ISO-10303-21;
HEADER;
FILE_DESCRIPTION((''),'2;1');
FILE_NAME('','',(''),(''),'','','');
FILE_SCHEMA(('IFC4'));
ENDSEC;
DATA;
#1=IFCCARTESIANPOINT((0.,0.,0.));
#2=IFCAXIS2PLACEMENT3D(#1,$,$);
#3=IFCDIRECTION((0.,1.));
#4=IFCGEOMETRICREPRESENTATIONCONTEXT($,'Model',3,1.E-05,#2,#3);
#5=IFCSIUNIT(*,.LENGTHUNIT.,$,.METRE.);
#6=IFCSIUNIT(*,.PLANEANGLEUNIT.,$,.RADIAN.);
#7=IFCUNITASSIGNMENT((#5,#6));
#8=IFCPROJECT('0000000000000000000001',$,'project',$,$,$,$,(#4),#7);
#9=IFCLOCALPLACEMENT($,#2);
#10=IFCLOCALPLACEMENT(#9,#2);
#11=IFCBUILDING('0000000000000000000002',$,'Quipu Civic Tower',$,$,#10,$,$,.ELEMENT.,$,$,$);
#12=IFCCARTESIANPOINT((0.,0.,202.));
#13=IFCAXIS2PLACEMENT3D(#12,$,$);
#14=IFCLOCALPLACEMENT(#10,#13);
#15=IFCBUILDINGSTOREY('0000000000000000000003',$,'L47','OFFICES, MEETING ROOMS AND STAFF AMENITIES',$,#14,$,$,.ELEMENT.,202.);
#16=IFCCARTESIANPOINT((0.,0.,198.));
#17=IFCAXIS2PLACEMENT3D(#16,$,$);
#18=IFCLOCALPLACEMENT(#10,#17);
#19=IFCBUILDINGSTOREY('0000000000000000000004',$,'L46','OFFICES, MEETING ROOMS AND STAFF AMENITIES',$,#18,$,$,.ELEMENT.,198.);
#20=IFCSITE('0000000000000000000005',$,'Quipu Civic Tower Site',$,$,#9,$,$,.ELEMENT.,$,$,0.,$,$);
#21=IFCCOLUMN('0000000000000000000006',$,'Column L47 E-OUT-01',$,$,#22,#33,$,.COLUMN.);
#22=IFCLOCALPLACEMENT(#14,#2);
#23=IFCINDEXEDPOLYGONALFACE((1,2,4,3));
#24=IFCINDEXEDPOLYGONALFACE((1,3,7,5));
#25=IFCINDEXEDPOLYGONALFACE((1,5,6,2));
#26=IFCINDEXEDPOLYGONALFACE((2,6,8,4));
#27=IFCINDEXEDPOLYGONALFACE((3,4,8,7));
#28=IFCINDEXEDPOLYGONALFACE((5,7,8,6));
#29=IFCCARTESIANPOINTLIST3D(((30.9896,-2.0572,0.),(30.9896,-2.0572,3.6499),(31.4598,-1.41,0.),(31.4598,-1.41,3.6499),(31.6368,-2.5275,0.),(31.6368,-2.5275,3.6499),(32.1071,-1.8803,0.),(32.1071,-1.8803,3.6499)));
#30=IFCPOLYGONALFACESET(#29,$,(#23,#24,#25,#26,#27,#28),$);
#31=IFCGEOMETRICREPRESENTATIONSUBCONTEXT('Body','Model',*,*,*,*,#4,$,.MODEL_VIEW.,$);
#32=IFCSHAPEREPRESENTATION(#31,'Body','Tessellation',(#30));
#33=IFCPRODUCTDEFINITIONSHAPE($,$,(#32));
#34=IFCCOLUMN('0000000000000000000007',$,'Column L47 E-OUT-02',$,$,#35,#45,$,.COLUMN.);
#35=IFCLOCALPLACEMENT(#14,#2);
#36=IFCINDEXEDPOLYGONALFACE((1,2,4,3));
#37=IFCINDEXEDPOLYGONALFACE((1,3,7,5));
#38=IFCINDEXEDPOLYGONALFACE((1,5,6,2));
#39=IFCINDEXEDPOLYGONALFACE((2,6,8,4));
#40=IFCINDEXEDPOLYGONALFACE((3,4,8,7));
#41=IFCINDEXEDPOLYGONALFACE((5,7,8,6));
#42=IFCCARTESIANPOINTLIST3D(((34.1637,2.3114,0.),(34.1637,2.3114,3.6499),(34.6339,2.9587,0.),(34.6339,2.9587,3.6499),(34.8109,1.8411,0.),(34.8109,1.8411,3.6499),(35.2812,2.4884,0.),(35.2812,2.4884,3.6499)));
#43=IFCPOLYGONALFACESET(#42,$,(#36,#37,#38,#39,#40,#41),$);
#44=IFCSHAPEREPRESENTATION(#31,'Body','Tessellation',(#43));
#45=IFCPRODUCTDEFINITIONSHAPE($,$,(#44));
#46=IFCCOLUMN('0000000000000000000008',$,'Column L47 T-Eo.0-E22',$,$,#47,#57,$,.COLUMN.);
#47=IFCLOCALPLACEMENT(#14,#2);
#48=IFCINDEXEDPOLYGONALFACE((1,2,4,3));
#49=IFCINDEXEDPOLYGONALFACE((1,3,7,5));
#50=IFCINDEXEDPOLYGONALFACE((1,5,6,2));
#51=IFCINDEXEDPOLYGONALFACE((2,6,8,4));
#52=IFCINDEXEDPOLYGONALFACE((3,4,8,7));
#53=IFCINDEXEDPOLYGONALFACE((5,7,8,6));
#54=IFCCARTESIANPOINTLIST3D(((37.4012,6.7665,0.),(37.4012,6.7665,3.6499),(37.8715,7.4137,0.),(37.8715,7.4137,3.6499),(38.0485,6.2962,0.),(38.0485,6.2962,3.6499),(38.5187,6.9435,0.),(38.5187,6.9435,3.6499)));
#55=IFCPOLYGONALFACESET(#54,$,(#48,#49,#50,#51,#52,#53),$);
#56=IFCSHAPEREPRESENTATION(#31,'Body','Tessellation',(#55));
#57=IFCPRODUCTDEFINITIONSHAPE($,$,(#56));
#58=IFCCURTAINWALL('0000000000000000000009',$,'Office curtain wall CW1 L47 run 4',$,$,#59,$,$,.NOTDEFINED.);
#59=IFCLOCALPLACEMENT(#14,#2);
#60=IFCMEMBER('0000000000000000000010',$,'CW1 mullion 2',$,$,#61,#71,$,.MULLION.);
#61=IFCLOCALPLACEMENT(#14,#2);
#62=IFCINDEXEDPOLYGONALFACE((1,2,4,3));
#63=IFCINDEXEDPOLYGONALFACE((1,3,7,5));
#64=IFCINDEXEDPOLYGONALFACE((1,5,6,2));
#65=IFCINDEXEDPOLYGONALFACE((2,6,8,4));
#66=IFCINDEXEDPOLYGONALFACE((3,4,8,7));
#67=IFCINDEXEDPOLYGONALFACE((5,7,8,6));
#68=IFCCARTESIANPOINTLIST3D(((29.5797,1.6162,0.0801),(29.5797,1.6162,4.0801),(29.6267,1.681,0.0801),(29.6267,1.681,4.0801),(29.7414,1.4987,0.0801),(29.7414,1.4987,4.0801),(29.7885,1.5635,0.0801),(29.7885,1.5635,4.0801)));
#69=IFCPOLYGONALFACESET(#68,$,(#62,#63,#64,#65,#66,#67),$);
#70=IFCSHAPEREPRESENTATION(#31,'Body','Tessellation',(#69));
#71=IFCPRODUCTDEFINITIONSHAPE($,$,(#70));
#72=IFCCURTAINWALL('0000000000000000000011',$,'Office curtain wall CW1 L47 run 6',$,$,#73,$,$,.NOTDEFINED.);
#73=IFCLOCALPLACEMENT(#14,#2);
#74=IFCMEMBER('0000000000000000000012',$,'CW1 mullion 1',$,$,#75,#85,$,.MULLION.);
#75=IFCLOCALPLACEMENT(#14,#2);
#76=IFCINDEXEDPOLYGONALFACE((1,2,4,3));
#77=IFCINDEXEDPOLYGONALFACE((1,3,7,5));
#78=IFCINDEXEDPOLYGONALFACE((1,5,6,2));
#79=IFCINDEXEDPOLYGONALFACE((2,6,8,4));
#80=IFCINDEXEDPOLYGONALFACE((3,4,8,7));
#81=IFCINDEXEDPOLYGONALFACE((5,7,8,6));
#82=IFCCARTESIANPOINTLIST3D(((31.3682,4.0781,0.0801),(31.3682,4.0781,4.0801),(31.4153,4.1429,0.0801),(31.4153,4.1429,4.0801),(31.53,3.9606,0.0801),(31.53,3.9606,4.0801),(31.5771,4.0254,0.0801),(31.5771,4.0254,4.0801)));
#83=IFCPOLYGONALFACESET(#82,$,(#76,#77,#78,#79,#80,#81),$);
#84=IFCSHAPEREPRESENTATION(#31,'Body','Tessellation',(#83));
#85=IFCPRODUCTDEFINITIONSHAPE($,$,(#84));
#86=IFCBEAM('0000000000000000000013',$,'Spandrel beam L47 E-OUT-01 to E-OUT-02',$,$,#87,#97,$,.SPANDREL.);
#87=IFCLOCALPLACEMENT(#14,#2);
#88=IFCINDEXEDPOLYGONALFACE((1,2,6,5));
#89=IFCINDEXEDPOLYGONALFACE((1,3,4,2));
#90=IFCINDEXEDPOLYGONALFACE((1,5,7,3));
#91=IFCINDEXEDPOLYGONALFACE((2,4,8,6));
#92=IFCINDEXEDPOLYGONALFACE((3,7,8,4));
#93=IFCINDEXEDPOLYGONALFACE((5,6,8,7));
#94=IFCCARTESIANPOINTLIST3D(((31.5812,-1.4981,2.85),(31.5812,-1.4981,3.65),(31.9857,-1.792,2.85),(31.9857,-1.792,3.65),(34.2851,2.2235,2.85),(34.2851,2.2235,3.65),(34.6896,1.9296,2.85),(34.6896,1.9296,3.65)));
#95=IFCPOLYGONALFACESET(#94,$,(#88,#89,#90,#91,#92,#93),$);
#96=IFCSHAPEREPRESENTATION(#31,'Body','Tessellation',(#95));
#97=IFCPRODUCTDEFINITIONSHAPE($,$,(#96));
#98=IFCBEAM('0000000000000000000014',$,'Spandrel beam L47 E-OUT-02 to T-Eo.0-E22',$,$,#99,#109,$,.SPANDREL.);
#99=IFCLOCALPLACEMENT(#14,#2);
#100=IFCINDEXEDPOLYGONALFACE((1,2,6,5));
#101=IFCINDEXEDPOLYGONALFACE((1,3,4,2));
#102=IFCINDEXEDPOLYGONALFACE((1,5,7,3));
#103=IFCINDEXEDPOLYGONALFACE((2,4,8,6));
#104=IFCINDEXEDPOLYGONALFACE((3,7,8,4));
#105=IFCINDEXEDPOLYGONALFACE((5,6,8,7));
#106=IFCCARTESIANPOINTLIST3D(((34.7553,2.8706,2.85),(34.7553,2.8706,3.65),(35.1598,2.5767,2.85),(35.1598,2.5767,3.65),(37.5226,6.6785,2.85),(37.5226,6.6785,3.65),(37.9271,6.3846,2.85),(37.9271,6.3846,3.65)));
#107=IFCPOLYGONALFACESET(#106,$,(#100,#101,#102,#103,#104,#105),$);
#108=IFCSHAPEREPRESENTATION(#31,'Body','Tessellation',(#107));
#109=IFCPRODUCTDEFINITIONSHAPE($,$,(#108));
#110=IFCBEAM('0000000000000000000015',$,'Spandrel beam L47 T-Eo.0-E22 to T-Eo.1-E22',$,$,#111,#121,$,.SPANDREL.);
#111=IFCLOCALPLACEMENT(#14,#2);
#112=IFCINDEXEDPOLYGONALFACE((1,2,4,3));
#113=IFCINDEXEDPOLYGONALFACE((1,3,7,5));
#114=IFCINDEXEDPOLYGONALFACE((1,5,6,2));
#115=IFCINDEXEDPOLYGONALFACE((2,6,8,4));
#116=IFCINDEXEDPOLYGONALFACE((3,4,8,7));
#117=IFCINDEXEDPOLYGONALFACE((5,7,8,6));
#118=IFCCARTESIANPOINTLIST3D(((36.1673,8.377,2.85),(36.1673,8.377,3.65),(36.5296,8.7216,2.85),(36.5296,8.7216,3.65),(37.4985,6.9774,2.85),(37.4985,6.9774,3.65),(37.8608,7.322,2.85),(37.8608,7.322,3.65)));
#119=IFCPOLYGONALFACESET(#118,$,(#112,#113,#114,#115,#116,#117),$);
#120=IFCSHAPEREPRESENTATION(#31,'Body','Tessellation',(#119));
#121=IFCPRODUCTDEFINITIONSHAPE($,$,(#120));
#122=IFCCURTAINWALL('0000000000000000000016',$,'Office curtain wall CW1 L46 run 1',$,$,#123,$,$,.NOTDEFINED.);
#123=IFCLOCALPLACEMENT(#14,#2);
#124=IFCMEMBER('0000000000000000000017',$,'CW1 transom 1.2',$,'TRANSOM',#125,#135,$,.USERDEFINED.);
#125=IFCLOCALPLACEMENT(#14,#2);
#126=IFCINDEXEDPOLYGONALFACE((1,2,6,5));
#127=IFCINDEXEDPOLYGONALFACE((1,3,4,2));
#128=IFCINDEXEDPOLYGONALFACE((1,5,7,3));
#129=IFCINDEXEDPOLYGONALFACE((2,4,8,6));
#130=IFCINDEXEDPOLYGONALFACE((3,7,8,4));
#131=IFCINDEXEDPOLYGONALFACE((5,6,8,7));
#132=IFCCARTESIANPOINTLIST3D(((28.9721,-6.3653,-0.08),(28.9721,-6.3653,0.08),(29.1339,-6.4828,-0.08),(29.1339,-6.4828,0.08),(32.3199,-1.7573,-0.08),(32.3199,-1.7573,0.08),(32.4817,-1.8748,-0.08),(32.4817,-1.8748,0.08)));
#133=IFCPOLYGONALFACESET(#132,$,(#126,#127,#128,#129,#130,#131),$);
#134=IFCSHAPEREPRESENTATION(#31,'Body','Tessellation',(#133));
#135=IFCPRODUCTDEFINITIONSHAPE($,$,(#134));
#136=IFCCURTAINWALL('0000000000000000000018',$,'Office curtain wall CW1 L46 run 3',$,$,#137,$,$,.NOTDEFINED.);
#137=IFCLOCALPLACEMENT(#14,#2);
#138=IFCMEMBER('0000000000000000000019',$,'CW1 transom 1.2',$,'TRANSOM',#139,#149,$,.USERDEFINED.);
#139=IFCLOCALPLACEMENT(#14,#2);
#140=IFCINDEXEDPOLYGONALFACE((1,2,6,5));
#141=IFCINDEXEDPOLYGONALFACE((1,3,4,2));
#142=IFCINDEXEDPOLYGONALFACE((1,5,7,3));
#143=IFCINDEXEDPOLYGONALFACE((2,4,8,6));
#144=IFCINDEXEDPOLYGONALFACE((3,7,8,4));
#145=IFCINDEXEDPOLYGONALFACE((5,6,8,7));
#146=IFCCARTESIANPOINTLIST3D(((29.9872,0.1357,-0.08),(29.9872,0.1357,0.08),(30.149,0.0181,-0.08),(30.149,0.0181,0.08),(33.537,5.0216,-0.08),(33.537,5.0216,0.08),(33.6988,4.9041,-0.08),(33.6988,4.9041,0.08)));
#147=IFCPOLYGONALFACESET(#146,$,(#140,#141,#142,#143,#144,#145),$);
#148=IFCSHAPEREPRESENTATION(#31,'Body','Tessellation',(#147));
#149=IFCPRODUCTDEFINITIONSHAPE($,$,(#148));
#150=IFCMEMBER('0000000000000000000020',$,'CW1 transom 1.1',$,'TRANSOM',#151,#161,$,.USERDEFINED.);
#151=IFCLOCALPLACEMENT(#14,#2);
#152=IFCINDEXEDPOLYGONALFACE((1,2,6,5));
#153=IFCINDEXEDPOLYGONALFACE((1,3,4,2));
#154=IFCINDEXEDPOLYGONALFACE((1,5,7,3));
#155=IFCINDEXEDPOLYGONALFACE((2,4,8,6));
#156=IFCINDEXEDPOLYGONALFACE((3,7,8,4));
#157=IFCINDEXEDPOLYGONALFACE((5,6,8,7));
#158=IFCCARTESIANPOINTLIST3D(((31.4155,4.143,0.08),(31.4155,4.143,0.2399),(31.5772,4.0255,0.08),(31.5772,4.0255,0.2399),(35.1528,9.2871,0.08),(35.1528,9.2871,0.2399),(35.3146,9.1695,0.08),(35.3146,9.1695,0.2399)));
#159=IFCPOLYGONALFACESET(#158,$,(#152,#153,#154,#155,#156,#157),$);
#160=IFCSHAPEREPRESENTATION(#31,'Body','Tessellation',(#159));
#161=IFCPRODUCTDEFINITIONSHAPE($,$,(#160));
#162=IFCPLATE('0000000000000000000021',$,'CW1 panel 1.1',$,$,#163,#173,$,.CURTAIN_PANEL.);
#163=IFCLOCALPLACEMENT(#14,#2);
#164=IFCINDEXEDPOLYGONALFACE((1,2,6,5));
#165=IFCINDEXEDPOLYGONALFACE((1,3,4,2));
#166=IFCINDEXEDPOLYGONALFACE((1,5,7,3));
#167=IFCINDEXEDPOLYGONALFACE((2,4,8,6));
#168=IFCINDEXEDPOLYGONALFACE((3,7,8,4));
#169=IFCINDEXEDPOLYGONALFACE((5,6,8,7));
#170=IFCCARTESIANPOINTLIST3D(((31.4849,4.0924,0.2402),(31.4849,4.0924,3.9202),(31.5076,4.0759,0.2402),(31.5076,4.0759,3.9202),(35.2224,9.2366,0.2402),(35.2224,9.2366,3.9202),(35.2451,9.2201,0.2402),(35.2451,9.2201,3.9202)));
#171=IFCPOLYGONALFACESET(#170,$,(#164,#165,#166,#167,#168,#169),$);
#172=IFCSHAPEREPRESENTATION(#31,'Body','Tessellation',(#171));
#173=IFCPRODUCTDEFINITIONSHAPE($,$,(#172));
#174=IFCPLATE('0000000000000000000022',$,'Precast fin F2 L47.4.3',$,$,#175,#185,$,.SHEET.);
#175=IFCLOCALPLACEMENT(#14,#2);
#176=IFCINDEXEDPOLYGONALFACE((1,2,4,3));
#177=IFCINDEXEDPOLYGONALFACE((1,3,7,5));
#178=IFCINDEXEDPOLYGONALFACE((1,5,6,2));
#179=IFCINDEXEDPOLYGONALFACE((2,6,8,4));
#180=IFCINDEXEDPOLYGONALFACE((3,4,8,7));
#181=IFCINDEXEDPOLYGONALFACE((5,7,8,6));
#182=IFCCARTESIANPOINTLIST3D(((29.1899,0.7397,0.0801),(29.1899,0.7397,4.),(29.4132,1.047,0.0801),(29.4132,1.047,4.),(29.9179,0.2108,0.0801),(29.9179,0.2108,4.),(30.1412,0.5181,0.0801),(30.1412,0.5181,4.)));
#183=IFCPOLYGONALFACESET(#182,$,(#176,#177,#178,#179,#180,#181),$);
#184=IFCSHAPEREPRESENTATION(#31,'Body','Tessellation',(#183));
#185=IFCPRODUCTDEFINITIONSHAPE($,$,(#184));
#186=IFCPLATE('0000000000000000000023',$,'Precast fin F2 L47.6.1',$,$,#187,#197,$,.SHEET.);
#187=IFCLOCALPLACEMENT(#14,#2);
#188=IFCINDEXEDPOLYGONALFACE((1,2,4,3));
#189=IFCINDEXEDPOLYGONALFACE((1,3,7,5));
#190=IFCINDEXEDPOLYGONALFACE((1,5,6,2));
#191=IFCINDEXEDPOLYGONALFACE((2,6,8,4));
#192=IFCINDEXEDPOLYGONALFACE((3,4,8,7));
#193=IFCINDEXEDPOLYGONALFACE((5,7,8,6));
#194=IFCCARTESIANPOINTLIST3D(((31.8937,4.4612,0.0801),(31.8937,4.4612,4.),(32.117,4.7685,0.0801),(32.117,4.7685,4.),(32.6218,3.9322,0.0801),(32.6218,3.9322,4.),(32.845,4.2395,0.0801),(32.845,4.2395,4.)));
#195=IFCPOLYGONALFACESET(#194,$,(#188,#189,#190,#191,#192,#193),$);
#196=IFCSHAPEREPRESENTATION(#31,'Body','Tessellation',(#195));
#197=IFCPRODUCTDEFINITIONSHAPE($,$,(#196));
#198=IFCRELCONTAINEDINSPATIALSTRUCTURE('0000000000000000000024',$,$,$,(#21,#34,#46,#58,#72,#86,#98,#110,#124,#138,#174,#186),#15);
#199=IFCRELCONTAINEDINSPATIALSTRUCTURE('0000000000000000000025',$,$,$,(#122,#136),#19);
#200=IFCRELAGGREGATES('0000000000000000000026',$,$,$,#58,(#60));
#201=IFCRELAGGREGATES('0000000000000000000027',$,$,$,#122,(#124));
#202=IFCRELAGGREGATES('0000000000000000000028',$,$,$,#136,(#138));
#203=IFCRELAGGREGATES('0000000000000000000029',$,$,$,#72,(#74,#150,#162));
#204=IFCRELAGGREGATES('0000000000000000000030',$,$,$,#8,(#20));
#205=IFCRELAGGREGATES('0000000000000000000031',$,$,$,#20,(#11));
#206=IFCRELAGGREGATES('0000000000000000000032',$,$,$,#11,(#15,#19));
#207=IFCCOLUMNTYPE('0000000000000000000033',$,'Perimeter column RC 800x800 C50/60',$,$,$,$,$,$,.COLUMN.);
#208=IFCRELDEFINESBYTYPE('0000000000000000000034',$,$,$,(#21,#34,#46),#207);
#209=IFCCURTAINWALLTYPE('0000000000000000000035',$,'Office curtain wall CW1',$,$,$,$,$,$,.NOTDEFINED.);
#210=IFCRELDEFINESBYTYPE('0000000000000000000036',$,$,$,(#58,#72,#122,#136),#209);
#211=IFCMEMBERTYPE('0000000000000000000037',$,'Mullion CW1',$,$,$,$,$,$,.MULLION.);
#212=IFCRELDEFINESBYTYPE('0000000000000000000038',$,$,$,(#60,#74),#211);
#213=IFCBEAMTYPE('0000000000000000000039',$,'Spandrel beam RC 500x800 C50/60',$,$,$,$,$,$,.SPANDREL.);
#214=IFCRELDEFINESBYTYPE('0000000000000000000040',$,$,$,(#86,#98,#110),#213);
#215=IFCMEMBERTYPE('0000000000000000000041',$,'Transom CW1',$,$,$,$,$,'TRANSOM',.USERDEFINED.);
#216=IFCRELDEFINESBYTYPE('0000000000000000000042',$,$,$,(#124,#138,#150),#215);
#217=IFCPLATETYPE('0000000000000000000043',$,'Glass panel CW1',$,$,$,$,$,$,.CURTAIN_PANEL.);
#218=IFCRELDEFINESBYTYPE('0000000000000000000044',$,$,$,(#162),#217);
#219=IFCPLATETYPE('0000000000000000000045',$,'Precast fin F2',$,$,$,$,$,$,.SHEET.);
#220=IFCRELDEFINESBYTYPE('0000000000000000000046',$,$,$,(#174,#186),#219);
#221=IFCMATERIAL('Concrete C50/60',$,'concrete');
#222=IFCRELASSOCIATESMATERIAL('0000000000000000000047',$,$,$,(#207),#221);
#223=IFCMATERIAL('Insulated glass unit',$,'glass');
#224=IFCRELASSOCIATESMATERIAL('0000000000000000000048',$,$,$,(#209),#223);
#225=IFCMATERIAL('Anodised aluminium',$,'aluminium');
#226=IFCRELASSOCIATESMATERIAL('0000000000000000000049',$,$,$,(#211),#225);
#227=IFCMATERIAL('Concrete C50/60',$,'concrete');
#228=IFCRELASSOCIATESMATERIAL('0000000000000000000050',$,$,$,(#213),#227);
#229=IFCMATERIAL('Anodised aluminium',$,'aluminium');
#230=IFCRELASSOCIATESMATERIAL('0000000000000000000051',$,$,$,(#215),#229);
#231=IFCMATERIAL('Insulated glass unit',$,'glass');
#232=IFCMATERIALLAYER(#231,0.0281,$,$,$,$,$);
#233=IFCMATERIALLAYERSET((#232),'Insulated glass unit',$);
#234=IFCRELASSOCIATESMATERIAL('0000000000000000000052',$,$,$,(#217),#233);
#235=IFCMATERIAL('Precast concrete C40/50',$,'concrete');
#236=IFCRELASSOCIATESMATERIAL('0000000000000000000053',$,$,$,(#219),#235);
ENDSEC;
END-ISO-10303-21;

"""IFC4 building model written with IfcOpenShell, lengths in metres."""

from ifc_helpers import new_model, si_unit, direction, frame, origin, origin_2d, place, context, subcontext, project, spatial, rectangle, extrude, material, layer, layer_set, material_profile, profile_set, type_object, element, aggregate, save


model = new_model("IFC4")

# Units and contexts
model_context = context("Model", 3, precision=1e-05, world=origin(), true_north=direction((0.0, 1.0)))
body_context = subcontext(model_context, "Body", "Model", "MODEL_VIEW")
ifc_project = project(units=[si_unit("LENGTHUNIT", "METRE"), si_unit("PLANEANGLEUNIT", "RADIAN")], contexts=[model_context])

# Site, building, storey
site_placement = place(None, origin())
site = spatial("IfcSite", under=ifc_project, at=site_placement, Name="Quipu Civic Tower Site", CompositionType="ELEMENT", RefElevation=0.0)
building_placement = place(site_placement, origin())
building = spatial("IfcBuilding", under=site, at=building_placement, Name="Quipu Civic Tower", CompositionType="ELEMENT")
storey_1_placement = place(building_placement, frame((0.0, 0.0, 202.0)))
storey_1 = spatial("IfcBuildingStorey", under=building, at=storey_1_placement, Name="L47", Description="OFFICES, MEETING ROOMS AND STAFF AMENITIES", CompositionType="ELEMENT", Elevation=202.0)

# Columns
ifc_material_1 = material(Name="Concrete C50/60", Category="concrete")
ifc_material_profile_1 = material_profile(ifc_material_1, rectangle(XDim=0.8, YDim=0.8, at=origin_2d()), Name="RC800x800")
ifc_profile_set_1 = profile_set([ifc_material_profile_1], Name="Concrete C50/60")
column_type = type_object("IfcColumnType", Name="Perimeter column RC 800x800 C50/60", PredefinedType="COLUMN", material=ifc_profile_set_1)
for number, where, z_axis, x_axis, name in (
    (1, (31.5483, -1.9688, 0.0), (0.0, 0.0, 1.0), (0.587785, 0.809017, 0.0), "Column L47 E-OUT-01"),
    (2, (34.7224, 2.3999, 0.0), (0.0, 0.0, 1.0), (0.587785, 0.809017, 0.0), "Column L47 E-OUT-02"),
    (3, (37.96, 6.855, 0.0), (0.0, 0.0, 1.0), (0.587785, 0.809017, 0.0), "Column L47 T-Eo.0-E22"),
):
    element("IfcColumn", number, at=place(storey_1_placement, frame(where, z_axis=z_axis, x_axis=x_axis)), inside=storey_1, type_object=column_type, Name=name, PredefinedType="COLUMN", context=body_context, shape_type="SweptSolid", body=[
        extrude(rectangle(XDim=0.8, YDim=0.8, at=origin_2d()), origin(), (0.0, 0.0, 1.0), 3.6499),
    ])

# Curtain walls, members
ifc_material_2 = material(Name="Insulated glass unit", Category="glass")
curtain_wall_type = type_object("IfcCurtainWallType", Name="Office curtain wall CW1", PredefinedType="NOTDEFINED", material=ifc_material_2)
curtain_wall_1_placement = place(storey_1_placement, origin())
curtain_wall_1 = element("IfcCurtainWall", 4, at=curtain_wall_1_placement, inside=storey_1, type_object=curtain_wall_type, Name="Office curtain wall CW1 L47 run 4", PredefinedType="NOTDEFINED")
ifc_material_3 = material(Name="Anodised aluminium", Category="aluminium")
ifc_material_profile_2 = material_profile(ifc_material_3, rectangle(XDim=0.2, YDim=0.0801, at=origin_2d()), Name="RECT 200x80")
ifc_profile_set_2 = profile_set([ifc_material_profile_2], Name="Anodised aluminium")
member_type_1 = type_object("IfcMemberType", Name="Mullion CW1", PredefinedType="MULLION", material=ifc_profile_set_2)
member_1_placement = place(storey_1_placement, frame((29.6841, 1.5898, 0.0801), z_axis=(0.0, 0.0, 1.0), x_axis=(-0.809011, 0.587793, 0.0)))
member_1 = element("IfcMember", 5, at=member_1_placement, type_object=member_type_1, Name="CW1 mullion 2", PredefinedType="MULLION", context=body_context, shape_type="SweptSolid", body=[
    extrude(rectangle(XDim=0.2, YDim=0.0801, at=origin_2d()), origin(), (0.0, 0.0, 1.0), 4.0),
])
aggregate(curtain_wall_1, [member_1])
curtain_wall_2_placement = place(storey_1_placement, origin())
curtain_wall_2 = element("IfcCurtainWall", 6, at=curtain_wall_2_placement, inside=storey_1, type_object=curtain_wall_type, Name="Office curtain wall CW1 L47 run 6", PredefinedType="NOTDEFINED")
member_2_placement = place(storey_1_placement, frame((31.4727, 4.0518, 0.0801), z_axis=(0.0, 0.0, 1.0), x_axis=(-0.809017, 0.587786, 0.0)))
member_2 = element("IfcMember", 7, at=member_2_placement, type_object=member_type_1, Name="CW1 mullion 1", PredefinedType="MULLION", context=body_context, shape_type="SweptSolid", body=[
    extrude(rectangle(XDim=0.2, YDim=0.0801, at=origin_2d()), origin(), (0.0, 0.0, 1.0), 4.0),
])

# Beams
ifc_material_4 = material(Name="Concrete C50/60", Category="concrete")
ifc_material_profile_3 = material_profile(ifc_material_4, rectangle(XDim=0.5, YDim=0.8, at=origin_2d()), Name="RC500x800")
ifc_profile_set_3 = profile_set([ifc_material_profile_3], Name="Concrete C50/60")
beam_type = type_object("IfcBeamType", Name="Spandrel beam RC 500x800 C50/60", PredefinedType="SPANDREL", material=ifc_profile_set_3)
beam_1_placement = place(storey_1_placement, frame((31.7834, -1.645, 3.25), z_axis=(0.587796, 0.809009, 0.0), x_axis=(-0.809009, 0.587796, 0.0)))
element("IfcBeam", 8, at=beam_1_placement, inside=storey_1, type_object=beam_type, Name="Spandrel beam L47 E-OUT-01 to E-OUT-02", PredefinedType="SPANDREL", context=body_context, shape_type="SweptSolid", body=[
    extrude(rectangle(XDim=0.5, YDim=0.8, at=origin_2d()), origin(), (0.0, 0.0, 1.0), 4.6001),
])
beam_2_placement = place(storey_1_placement, frame((34.9575, 2.7236, 3.25), z_axis=(0.587891, 0.80894, 0.0), x_axis=(-0.80894, 0.587891, 0.0)))
element("IfcBeam", 9, at=beam_2_placement, inside=storey_1, type_object=beam_type, Name="Spandrel beam L47 E-OUT-02 to T-Eo.0-E22", PredefinedType="SPANDREL", context=body_context, shape_type="SweptSolid", body=[
    extrude(rectangle(XDim=0.5, YDim=0.8, at=origin_2d()), origin(), (0.0, 0.0, 1.0), 4.7073),
])
beam_3_placement = place(storey_1_placement, frame((37.6797, 7.1497, 3.25), z_axis=(-0.689191, 0.72458, 0.0), x_axis=(-0.72458, -0.689191, 0.0)))
element("IfcBeam", 10, at=beam_3_placement, inside=storey_1, type_object=beam_type, Name="Spandrel beam L47 T-Eo.0-E22 to T-Eo.1-E22", PredefinedType="SPANDREL", context=body_context, shape_type="SweptSolid", body=[
    extrude(rectangle(XDim=0.5, YDim=0.8, at=origin_2d()), origin(), (0.0, 0.0, 1.0), 1.9316),
])

# Shared definitions
storey_2_placement = place(building_placement, frame((0.0, 0.0, 198.0)))
storey_2 = spatial("IfcBuildingStorey", under=building, at=storey_2_placement, Name="L46", Description="OFFICES, MEETING ROOMS AND STAFF AMENITIES", CompositionType="ELEMENT", Elevation=198.0)

# Curtain walls, members
curtain_wall_3_placement = place(storey_2_placement, origin())
curtain_wall_3 = element("IfcCurtainWall", 11, at=curtain_wall_3_placement, inside=storey_2, type_object=curtain_wall_type, Name="Office curtain wall CW1 L46 run 1", PredefinedType="NOTDEFINED")
ifc_material_5 = material(Name="Anodised aluminium", Category="aluminium")
ifc_material_profile_4 = material_profile(ifc_material_5, rectangle(XDim=0.2, YDim=0.1599, at=origin_2d()), Name="RECT 200x160")
ifc_profile_set_4 = profile_set([ifc_material_profile_4], Name="Anodised aluminium")
member_type_2 = type_object("IfcMemberType", Name="Transom CW1", ElementType="TRANSOM", PredefinedType="USERDEFINED", material=ifc_profile_set_4)
member_3_placement = place(storey_1_placement, frame((29.053, -6.4241, 0.0), z_axis=(0.587771, 0.809027, 0.0), x_axis=(-0.809027, 0.587771, 0.0)))
member_3 = element("IfcMember", 12, at=member_3_placement, inside=storey_1, type_object=member_type_2, Name="CW1 transom 1.2", ObjectType="TRANSOM", PredefinedType="USERDEFINED", context=body_context, shape_type="SweptSolid", body=[
    extrude(rectangle(XDim=0.2, YDim=0.1599, at=origin_2d()), origin(), (0.0, 0.0, 1.0), 5.6958),
])
aggregate(curtain_wall_3, [member_3])
curtain_wall_4_placement = place(storey_2_placement, origin())
curtain_wall_4 = element("IfcCurtainWall", 13, at=curtain_wall_4_placement, inside=storey_2, type_object=curtain_wall_type, Name="Office curtain wall CW1 L46 run 3", PredefinedType="NOTDEFINED")
member_4_placement = place(storey_1_placement, frame((30.0681, 0.0769, 0.0), z_axis=(0.587777, 0.809023, 0.0), x_axis=(-0.809023, 0.587777, 0.0)))
member_4 = element("IfcMember", 14, at=member_4_placement, inside=storey_1, type_object=member_type_2, Name="CW1 transom 1.2", ObjectType="TRANSOM", PredefinedType="USERDEFINED", context=body_context, shape_type="SweptSolid", body=[
    extrude(rectangle(XDim=0.2, YDim=0.1599, at=origin_2d()), origin(), (0.0, 0.0, 1.0), 6.0393),
])
aggregate(curtain_wall_4, [member_4])

# Member
member_5_placement = place(storey_1_placement, frame((31.4963, 4.0842, 0.1599), z_axis=(0.587779, 0.809022, 0.0), x_axis=(-0.809022, 0.587779, 0.0)))
member_5 = element("IfcMember", 15, at=member_5_placement, type_object=member_type_2, Name="CW1 transom 1.1", ObjectType="TRANSOM", PredefinedType="USERDEFINED", context=body_context, shape_type="SweptSolid", body=[
    extrude(rectangle(XDim=0.2, YDim=0.1599, at=origin_2d()), origin(), (0.0, 0.0, 1.0), 6.3584),
])

# Plate
ifc_material_6 = material(Name="Insulated glass unit", Category="glass")
ifc_layer_1 = layer(ifc_material_6, 0.0281)
ifc_layer_set_1 = layer_set([ifc_layer_1], Name="Insulated glass unit")
plate_type_1 = type_object("IfcPlateType", Name="Glass panel CW1", PredefinedType="CURTAIN_PANEL", material=ifc_layer_set_1)
plate_placement = place(storey_1_placement, frame((33.365, 6.6562, 0.2402), z_axis=(0.0, 0.0, 1.0), x_axis=(0.587786, 0.809017, 0.0)))
plate = element("IfcPlate", 16, at=plate_placement, type_object=plate_type_1, Name="CW1 panel 1.1", PredefinedType="CURTAIN_PANEL", context=body_context, shape_type="SweptSolid", body=[
    extrude(rectangle(XDim=6.3586, YDim=0.0281, at=origin_2d()), origin(), (0.0, 0.0, 1.0), 3.6799),
])
aggregate(curtain_wall_2, [member_2, member_5, plate])

# Plates
ifc_material_7 = material(Name="Precast concrete C40/50", Category="concrete")
plate_type_2 = type_object("IfcPlateType", Name="Precast fin F2", PredefinedType="SHEET", material=ifc_material_7)
for number, where, z_axis, x_axis, name in (
    (17, (29.6655, 0.6289, 0.0801), (0.0, 0.0, 1.0), (0.587791, 0.809013, 0.0), "Precast fin F2 L47.4.3"),
    (18, (32.3694, 4.3503, 0.0801), (0.0, 0.0, 1.0), (0.587791, 0.809013, 0.0), "Precast fin F2 L47.6.1"),
):
    element("IfcPlate", number, at=place(storey_1_placement, frame(where, z_axis=z_axis, x_axis=x_axis)), inside=storey_1, type_object=plate_type_2, Name=name, PredefinedType="SHEET", context=body_context, shape_type="SweptSolid", body=[
        extrude(rectangle(XDim=0.3799, YDim=0.8999, at=origin_2d()), origin(), (0.0, 0.0, 1.0), 3.9199),
    ])

save(model, "model.ifc")
